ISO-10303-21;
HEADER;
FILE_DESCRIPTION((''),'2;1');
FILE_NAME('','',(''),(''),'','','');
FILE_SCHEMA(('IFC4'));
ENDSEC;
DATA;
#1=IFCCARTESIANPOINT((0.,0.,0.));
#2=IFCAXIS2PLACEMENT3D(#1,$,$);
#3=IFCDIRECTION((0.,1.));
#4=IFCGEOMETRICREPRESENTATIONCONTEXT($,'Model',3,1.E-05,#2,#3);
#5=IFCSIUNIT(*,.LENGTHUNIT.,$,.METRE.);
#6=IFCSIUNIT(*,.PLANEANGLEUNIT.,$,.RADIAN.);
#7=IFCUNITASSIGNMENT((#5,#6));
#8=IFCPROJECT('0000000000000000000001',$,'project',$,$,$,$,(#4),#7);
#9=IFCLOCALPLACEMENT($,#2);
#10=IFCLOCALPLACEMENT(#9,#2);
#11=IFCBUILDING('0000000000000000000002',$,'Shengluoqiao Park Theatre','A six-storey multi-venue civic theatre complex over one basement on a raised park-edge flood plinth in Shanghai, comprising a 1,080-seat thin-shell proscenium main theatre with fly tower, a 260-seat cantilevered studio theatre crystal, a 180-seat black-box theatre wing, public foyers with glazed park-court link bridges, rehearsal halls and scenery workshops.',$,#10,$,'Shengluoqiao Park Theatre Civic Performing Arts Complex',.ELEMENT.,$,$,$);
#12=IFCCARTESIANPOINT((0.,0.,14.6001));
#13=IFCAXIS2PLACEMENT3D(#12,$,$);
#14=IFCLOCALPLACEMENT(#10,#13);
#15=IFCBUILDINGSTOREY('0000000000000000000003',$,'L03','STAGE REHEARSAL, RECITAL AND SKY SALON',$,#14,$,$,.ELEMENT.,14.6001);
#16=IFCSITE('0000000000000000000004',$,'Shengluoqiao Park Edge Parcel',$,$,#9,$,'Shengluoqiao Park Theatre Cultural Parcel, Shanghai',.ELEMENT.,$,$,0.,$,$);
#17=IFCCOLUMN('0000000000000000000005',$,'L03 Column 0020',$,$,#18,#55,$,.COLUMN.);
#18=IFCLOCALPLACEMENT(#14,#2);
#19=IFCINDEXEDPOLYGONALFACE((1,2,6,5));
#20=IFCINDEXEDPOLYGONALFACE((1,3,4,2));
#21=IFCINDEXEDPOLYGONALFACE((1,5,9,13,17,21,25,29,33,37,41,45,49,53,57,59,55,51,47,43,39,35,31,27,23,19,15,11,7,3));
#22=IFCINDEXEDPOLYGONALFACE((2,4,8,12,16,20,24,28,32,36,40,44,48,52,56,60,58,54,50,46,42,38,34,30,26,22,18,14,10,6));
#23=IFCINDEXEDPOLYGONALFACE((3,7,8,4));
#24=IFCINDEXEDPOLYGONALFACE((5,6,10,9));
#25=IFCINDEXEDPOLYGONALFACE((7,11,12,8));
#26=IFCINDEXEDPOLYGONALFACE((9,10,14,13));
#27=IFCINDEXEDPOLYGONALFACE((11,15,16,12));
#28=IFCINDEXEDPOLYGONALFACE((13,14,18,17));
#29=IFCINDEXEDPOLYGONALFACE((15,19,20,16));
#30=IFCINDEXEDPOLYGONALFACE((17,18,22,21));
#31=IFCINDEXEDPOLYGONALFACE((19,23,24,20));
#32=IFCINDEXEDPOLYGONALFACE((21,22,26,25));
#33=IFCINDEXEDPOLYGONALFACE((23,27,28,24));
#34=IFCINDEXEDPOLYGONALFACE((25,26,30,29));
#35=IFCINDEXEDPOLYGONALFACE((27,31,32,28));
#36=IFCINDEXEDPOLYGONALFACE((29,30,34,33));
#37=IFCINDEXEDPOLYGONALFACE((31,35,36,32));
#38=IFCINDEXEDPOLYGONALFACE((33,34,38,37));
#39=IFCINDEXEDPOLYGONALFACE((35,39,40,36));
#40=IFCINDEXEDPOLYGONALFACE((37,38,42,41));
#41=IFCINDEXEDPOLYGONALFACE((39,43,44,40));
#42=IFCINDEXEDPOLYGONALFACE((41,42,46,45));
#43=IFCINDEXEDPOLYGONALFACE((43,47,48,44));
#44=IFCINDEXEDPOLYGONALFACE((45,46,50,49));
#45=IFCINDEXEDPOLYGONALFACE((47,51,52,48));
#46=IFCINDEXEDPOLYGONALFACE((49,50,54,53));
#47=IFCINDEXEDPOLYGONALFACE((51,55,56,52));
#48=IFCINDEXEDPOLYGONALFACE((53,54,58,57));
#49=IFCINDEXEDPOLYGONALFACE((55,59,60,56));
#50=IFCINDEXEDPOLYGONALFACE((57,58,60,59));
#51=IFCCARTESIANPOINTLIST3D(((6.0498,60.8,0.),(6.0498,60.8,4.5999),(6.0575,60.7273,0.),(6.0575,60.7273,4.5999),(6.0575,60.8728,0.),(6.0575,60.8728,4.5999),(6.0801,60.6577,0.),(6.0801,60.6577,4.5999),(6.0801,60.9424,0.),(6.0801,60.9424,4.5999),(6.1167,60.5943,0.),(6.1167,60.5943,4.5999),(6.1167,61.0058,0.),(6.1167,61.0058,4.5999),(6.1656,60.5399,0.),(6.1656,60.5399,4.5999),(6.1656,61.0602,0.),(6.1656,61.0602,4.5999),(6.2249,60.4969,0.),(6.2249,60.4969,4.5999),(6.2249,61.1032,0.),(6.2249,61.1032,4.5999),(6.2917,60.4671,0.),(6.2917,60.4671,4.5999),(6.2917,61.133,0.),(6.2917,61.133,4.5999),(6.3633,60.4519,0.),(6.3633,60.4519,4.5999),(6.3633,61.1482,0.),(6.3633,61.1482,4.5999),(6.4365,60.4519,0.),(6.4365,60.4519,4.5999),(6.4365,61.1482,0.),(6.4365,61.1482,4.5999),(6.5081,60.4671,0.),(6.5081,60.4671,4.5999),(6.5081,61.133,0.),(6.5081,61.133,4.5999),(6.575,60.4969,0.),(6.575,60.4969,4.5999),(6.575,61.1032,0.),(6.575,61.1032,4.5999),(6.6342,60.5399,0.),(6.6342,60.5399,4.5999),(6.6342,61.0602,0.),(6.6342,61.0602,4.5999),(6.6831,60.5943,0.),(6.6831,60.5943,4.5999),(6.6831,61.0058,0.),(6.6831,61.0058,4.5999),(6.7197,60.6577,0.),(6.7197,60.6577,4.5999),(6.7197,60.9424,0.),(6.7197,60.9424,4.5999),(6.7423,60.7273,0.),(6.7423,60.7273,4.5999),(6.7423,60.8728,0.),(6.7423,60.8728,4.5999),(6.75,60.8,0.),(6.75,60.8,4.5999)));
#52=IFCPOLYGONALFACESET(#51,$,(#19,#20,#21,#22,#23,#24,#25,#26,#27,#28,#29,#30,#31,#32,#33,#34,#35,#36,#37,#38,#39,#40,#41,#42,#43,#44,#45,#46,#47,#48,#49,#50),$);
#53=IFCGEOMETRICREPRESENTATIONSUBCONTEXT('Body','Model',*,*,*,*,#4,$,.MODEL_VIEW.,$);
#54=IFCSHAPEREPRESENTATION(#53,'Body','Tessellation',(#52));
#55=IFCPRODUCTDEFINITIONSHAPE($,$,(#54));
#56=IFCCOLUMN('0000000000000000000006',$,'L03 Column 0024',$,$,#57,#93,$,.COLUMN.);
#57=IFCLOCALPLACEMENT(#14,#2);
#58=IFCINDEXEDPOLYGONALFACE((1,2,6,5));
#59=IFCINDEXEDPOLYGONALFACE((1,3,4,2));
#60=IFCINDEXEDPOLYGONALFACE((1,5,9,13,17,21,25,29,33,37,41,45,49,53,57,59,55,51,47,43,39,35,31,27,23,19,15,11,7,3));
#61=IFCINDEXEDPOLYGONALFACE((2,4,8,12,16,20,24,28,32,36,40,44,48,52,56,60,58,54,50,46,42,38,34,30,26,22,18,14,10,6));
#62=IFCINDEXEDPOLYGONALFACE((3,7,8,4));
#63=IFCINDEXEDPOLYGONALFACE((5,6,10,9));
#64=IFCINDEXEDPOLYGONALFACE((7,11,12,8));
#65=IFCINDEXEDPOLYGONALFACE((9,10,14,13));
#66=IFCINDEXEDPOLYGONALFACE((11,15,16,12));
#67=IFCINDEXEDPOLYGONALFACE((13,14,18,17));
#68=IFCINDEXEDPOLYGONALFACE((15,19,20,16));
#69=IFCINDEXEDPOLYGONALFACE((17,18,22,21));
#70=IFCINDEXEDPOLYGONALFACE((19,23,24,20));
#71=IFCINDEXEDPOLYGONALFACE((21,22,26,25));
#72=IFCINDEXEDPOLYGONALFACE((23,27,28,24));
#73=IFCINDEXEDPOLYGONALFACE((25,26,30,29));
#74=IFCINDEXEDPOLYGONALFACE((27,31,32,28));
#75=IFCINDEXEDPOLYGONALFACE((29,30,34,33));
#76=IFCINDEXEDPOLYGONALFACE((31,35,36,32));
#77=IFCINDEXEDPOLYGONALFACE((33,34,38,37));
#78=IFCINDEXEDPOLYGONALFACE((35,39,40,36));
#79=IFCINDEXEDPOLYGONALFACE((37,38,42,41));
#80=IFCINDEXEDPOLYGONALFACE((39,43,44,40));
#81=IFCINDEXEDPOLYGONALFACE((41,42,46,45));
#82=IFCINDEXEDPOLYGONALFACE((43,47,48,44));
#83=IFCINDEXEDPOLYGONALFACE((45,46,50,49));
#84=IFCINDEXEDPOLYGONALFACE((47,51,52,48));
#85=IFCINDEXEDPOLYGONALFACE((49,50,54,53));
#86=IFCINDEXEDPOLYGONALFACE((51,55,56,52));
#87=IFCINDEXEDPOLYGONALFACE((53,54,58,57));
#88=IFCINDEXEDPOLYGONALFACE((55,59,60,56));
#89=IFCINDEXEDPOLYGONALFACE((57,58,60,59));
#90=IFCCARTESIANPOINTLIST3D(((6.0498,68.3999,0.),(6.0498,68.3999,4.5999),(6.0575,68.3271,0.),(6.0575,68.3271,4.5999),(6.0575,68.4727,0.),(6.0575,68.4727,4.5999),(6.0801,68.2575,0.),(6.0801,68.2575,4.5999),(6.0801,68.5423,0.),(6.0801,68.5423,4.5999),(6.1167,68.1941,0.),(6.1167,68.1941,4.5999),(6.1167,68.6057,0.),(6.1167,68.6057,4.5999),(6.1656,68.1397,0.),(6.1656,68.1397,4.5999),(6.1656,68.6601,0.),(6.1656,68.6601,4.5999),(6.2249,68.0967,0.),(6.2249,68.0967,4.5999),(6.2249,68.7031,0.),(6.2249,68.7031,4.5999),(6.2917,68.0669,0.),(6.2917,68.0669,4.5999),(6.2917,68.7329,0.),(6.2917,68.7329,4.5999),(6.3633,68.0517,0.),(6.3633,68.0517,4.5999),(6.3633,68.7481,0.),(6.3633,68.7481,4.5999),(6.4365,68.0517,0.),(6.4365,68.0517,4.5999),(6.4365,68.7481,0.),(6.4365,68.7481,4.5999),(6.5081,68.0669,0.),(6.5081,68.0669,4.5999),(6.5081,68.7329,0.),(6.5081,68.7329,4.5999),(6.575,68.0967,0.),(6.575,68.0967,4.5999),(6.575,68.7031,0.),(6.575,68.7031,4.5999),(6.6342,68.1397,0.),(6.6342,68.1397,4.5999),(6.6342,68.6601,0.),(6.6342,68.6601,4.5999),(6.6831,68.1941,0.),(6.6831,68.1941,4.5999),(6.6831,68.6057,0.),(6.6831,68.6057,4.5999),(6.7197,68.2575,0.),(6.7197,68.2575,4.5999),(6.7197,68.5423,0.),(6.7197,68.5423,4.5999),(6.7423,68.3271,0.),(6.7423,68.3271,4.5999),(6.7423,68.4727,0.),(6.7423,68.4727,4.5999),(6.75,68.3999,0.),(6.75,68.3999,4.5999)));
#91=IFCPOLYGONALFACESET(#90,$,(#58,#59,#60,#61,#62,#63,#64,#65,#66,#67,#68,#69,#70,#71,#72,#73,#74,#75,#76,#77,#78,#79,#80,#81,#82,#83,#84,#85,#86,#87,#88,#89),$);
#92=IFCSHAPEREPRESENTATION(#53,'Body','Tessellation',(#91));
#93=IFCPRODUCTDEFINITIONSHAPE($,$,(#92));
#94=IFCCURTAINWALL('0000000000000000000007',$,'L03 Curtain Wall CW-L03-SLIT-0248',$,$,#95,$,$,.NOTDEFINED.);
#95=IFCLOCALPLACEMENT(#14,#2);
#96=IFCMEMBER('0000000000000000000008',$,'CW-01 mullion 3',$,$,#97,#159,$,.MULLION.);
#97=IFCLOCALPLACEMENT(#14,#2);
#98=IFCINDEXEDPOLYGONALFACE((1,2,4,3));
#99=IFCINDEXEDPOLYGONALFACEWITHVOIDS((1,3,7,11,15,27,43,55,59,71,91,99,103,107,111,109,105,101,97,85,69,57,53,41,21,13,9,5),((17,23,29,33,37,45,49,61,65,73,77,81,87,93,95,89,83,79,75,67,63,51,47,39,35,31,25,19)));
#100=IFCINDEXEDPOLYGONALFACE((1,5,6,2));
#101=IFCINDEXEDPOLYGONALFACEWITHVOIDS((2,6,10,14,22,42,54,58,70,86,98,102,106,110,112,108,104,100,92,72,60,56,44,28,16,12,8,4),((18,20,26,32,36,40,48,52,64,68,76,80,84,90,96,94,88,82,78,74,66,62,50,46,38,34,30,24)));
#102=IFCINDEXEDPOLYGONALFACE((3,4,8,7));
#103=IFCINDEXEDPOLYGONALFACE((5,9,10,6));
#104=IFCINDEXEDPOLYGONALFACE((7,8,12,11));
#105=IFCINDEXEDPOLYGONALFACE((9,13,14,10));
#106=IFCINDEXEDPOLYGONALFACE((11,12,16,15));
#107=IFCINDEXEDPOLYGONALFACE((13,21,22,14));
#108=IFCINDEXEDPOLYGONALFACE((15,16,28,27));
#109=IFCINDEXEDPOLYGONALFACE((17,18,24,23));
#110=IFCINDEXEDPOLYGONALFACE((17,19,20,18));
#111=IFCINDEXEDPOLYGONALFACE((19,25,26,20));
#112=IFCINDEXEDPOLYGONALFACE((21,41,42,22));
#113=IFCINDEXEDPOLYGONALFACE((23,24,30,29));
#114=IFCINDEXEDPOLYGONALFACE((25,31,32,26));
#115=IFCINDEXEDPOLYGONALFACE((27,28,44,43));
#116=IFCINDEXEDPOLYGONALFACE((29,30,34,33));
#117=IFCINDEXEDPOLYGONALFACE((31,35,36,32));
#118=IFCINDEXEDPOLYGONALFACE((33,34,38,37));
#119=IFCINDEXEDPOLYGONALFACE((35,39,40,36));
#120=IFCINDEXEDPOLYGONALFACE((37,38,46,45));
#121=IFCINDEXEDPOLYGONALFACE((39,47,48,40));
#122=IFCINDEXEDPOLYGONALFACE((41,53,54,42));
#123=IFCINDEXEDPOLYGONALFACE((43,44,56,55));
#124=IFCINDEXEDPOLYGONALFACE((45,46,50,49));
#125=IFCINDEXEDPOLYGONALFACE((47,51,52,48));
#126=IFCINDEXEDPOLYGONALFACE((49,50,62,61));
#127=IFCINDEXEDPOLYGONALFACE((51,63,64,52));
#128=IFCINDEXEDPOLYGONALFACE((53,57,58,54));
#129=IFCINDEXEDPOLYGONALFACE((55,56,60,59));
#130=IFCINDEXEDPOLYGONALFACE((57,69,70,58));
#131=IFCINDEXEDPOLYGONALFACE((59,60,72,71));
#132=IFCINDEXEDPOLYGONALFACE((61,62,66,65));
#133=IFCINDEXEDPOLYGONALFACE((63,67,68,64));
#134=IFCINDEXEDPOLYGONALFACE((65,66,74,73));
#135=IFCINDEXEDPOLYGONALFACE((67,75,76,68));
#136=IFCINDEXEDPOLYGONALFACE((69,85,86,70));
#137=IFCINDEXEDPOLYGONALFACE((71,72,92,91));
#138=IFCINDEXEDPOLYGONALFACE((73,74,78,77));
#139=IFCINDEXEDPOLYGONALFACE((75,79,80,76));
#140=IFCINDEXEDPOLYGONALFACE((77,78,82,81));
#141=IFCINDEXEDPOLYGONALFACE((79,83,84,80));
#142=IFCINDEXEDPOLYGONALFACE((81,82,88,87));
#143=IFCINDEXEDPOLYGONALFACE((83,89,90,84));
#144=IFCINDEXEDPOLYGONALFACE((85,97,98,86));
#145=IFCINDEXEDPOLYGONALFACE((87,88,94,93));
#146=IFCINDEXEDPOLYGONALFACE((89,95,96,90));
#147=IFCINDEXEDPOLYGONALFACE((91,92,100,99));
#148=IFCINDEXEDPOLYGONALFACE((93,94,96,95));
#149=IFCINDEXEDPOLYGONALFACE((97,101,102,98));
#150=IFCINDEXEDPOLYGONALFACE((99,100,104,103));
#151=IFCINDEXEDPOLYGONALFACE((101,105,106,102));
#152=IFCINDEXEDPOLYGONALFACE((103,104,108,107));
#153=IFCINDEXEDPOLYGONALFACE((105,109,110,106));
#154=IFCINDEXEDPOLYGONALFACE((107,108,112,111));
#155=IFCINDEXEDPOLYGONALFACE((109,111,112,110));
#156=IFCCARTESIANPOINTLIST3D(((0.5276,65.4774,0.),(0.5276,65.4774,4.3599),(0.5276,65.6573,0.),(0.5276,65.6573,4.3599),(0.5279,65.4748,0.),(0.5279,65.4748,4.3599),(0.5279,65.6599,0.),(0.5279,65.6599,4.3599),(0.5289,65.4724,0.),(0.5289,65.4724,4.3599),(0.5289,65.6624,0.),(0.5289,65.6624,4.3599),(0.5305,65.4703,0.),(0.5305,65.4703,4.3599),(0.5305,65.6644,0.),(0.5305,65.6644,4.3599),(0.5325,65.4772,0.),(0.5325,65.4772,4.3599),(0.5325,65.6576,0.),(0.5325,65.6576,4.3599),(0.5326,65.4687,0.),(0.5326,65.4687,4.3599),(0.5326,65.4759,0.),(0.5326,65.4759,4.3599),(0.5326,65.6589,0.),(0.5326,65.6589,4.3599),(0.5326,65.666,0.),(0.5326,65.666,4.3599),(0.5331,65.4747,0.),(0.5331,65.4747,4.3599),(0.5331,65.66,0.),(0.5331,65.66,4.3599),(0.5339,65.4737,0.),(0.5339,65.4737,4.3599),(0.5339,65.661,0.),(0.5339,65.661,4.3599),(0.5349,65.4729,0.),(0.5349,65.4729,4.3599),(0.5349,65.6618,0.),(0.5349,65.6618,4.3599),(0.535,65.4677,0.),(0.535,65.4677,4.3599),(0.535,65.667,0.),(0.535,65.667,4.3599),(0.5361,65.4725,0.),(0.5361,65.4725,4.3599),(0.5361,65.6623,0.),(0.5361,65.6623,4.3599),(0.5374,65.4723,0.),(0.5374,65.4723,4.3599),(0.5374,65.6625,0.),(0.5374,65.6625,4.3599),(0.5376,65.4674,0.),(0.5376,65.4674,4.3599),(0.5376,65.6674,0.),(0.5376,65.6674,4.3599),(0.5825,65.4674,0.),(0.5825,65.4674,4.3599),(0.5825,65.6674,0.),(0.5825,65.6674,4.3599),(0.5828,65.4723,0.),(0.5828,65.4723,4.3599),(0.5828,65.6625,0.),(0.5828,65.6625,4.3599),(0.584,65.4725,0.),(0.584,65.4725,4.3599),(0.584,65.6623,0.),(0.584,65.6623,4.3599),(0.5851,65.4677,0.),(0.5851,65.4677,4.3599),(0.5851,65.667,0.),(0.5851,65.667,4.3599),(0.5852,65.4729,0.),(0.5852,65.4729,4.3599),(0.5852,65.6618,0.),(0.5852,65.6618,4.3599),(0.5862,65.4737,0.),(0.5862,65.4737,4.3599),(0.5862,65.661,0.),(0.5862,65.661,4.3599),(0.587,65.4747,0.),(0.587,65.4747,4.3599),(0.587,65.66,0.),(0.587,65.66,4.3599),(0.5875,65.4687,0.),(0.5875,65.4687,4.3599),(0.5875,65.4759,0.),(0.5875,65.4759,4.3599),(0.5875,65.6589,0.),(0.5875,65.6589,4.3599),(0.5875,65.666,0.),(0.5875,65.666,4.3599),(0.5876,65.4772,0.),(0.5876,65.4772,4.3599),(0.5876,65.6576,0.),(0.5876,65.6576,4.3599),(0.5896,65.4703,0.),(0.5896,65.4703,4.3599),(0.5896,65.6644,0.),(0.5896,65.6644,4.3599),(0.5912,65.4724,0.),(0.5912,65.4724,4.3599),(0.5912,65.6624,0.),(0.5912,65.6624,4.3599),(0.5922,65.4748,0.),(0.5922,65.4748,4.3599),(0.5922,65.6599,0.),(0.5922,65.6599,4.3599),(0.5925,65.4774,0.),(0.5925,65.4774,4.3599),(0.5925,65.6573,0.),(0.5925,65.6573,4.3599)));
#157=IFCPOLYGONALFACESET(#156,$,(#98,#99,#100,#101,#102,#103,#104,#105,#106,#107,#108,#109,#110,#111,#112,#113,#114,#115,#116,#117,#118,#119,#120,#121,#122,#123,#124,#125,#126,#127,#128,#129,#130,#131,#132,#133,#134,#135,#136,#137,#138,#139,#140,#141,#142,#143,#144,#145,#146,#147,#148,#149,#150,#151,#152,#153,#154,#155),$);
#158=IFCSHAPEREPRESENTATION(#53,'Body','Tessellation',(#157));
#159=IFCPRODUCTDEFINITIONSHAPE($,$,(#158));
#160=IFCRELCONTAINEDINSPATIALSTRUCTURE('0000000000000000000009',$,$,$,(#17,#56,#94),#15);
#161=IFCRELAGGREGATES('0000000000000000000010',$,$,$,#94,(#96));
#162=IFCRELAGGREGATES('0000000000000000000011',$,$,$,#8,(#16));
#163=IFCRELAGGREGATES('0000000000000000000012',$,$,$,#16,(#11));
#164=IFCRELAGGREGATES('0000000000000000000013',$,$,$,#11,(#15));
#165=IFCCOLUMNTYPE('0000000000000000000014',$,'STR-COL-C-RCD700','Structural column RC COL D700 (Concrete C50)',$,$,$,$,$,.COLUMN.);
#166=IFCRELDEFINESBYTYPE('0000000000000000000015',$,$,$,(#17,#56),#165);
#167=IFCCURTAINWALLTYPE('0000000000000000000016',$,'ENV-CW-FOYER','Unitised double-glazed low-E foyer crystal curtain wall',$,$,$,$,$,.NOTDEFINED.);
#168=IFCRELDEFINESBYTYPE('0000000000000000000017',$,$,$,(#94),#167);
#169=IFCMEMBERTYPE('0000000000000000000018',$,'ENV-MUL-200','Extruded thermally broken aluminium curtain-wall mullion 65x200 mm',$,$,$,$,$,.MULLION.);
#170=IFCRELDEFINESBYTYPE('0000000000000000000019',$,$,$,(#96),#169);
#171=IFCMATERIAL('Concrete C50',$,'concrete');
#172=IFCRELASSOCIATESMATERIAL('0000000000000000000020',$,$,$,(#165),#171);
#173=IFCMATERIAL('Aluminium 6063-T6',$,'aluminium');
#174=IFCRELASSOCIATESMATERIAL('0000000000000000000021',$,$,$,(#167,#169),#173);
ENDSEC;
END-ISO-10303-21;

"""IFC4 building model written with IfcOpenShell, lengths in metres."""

from ifc_helpers import new_model, si_unit, direction, frame, origin, origin_2d, place, context, subcontext, project, spatial, hollow_rectangle, circle, extrude, material, material_profile, profile_set, type_object, element, aggregate, save


model = new_model("IFC4")

# Units and contexts
model_context = context("Model", 3, precision=1e-05, world=origin(), true_north=direction((0.0, 1.0)))
body_context = subcontext(model_context, "Body", "Model", "MODEL_VIEW")
ifc_project = project(units=[si_unit("LENGTHUNIT", "METRE"), si_unit("PLANEANGLEUNIT", "RADIAN")], contexts=[model_context])

# Site, building, storey
site_placement = place(None, origin())
site = spatial("IfcSite", under=ifc_project, at=site_placement, Name="Shengluoqiao Park Edge Parcel", LongName="Shengluoqiao Park Theatre Cultural Parcel, Shanghai", CompositionType="ELEMENT", RefElevation=0.0)
building_placement = place(site_placement, origin())
building = spatial("IfcBuilding", under=site, at=building_placement, Name="Shengluoqiao Park Theatre", Description="A six-storey multi-venue civic theatre complex over one basement on a raised park-edge flood plinth in Shanghai, comprising a 1,080-seat thin-shell proscenium main theatre with fly tower, a 260-seat cantilevered studio theatre crystal, a 180-seat black-box theatre wing, public foyers with glazed park-court link bridges, rehearsal halls and scenery workshops.", LongName="Shengluoqiao Park Theatre Civic Performing Arts Complex", CompositionType="ELEMENT")
storey_placement = place(building_placement, frame((0.0, 0.0, 14.6001)))
storey = spatial("IfcBuildingStorey", under=building, at=storey_placement, Name="L03", Description="STAGE REHEARSAL, RECITAL AND SKY SALON", CompositionType="ELEMENT", Elevation=14.6001)

# Columns
ifc_material_1 = material(Name="Concrete C50", Category="concrete")
ifc_material_profile_1 = material_profile(ifc_material_1, circle(Radius=0.3501, at=origin_2d()), Name="RC COL D700")
ifc_profile_set_1 = profile_set([ifc_material_profile_1], Name="Concrete C50")
column_type = type_object("IfcColumnType", Name="STR-COL-C-RCD700", Description="Structural column RC COL D700 (Concrete C50)", PredefinedType="COLUMN", material=ifc_profile_set_1)
for number, where, z_axis, x_axis, name in (
    (1, (6.3999, 60.8, 0.0), (0.0, 0.0, 1.0), (1.0, 0.0, 0.0), "L03 Column 0020"),
    (2, (6.3999, 68.3999, 0.0), (0.0, 0.0, 1.0), (1.0, 0.0, 0.0), "L03 Column 0024"),
):
    element("IfcColumn", number, at=place(storey_placement, frame(where, z_axis=z_axis, x_axis=x_axis)), inside=storey, type_object=column_type, Name=name, PredefinedType="COLUMN", context=body_context, shape_type="SweptSolid", body=[
        extrude(circle(Radius=0.3501, at=origin_2d()), origin(), (0.0, 0.0, 1.0), 4.5999),
    ])

# Curtain wall, member
ifc_material_2 = material(Name="Aluminium 6063-T6", Category="aluminium")
curtain_wall_type = type_object("IfcCurtainWallType", Name="ENV-CW-FOYER", Description="Unitised double-glazed low-E foyer crystal curtain wall", PredefinedType="NOTDEFINED", material=ifc_material_2)
curtain_wall_1_placement = place(storey_placement, origin())
curtain_wall_1 = element("IfcCurtainWall", 3, at=curtain_wall_1_placement, inside=storey, type_object=curtain_wall_type, Name="L03 Curtain Wall CW-L03-SLIT-0248", PredefinedType="NOTDEFINED")
ifc_material_profile_2 = material_profile(ifc_material_2, hollow_rectangle(XDim=0.0649, YDim=0.2, WallThickness=0.0049, InnerFilletRadius=0.0049, OuterFilletRadius=0.01, at=origin_2d()), Name="ALU MULLION 200x65x5")
ifc_profile_set_2 = profile_set([ifc_material_profile_2], Name="Aluminium 6063-T6")
member_type_1 = type_object("IfcMemberType", Name="ENV-MUL-200", Description="Extruded thermally broken aluminium curtain-wall mullion 65x200 mm", PredefinedType="MULLION", material=ifc_profile_set_2)
member_1_placement = place(storey_placement, frame((0.5601, 65.5674, 0.0), z_axis=(0.0, 0.0, 1.0), x_axis=(-1.0, 0.0, 0.0)))
member_1 = element("IfcMember", 4, at=member_1_placement, type_object=member_type_1, Name="CW-01 mullion 3", PredefinedType="MULLION", context=body_context, shape_type="SweptSolid", body=[
    extrude(hollow_rectangle(XDim=0.0649, YDim=0.2, WallThickness=0.0049, InnerFilletRadius=0.0049, OuterFilletRadius=0.01, at=origin_2d()), origin(), (0.0, 0.0, 1.0), 4.3599),
])

aggregate(curtain_wall_1, [member_1])

save(model, "model.ifc")
